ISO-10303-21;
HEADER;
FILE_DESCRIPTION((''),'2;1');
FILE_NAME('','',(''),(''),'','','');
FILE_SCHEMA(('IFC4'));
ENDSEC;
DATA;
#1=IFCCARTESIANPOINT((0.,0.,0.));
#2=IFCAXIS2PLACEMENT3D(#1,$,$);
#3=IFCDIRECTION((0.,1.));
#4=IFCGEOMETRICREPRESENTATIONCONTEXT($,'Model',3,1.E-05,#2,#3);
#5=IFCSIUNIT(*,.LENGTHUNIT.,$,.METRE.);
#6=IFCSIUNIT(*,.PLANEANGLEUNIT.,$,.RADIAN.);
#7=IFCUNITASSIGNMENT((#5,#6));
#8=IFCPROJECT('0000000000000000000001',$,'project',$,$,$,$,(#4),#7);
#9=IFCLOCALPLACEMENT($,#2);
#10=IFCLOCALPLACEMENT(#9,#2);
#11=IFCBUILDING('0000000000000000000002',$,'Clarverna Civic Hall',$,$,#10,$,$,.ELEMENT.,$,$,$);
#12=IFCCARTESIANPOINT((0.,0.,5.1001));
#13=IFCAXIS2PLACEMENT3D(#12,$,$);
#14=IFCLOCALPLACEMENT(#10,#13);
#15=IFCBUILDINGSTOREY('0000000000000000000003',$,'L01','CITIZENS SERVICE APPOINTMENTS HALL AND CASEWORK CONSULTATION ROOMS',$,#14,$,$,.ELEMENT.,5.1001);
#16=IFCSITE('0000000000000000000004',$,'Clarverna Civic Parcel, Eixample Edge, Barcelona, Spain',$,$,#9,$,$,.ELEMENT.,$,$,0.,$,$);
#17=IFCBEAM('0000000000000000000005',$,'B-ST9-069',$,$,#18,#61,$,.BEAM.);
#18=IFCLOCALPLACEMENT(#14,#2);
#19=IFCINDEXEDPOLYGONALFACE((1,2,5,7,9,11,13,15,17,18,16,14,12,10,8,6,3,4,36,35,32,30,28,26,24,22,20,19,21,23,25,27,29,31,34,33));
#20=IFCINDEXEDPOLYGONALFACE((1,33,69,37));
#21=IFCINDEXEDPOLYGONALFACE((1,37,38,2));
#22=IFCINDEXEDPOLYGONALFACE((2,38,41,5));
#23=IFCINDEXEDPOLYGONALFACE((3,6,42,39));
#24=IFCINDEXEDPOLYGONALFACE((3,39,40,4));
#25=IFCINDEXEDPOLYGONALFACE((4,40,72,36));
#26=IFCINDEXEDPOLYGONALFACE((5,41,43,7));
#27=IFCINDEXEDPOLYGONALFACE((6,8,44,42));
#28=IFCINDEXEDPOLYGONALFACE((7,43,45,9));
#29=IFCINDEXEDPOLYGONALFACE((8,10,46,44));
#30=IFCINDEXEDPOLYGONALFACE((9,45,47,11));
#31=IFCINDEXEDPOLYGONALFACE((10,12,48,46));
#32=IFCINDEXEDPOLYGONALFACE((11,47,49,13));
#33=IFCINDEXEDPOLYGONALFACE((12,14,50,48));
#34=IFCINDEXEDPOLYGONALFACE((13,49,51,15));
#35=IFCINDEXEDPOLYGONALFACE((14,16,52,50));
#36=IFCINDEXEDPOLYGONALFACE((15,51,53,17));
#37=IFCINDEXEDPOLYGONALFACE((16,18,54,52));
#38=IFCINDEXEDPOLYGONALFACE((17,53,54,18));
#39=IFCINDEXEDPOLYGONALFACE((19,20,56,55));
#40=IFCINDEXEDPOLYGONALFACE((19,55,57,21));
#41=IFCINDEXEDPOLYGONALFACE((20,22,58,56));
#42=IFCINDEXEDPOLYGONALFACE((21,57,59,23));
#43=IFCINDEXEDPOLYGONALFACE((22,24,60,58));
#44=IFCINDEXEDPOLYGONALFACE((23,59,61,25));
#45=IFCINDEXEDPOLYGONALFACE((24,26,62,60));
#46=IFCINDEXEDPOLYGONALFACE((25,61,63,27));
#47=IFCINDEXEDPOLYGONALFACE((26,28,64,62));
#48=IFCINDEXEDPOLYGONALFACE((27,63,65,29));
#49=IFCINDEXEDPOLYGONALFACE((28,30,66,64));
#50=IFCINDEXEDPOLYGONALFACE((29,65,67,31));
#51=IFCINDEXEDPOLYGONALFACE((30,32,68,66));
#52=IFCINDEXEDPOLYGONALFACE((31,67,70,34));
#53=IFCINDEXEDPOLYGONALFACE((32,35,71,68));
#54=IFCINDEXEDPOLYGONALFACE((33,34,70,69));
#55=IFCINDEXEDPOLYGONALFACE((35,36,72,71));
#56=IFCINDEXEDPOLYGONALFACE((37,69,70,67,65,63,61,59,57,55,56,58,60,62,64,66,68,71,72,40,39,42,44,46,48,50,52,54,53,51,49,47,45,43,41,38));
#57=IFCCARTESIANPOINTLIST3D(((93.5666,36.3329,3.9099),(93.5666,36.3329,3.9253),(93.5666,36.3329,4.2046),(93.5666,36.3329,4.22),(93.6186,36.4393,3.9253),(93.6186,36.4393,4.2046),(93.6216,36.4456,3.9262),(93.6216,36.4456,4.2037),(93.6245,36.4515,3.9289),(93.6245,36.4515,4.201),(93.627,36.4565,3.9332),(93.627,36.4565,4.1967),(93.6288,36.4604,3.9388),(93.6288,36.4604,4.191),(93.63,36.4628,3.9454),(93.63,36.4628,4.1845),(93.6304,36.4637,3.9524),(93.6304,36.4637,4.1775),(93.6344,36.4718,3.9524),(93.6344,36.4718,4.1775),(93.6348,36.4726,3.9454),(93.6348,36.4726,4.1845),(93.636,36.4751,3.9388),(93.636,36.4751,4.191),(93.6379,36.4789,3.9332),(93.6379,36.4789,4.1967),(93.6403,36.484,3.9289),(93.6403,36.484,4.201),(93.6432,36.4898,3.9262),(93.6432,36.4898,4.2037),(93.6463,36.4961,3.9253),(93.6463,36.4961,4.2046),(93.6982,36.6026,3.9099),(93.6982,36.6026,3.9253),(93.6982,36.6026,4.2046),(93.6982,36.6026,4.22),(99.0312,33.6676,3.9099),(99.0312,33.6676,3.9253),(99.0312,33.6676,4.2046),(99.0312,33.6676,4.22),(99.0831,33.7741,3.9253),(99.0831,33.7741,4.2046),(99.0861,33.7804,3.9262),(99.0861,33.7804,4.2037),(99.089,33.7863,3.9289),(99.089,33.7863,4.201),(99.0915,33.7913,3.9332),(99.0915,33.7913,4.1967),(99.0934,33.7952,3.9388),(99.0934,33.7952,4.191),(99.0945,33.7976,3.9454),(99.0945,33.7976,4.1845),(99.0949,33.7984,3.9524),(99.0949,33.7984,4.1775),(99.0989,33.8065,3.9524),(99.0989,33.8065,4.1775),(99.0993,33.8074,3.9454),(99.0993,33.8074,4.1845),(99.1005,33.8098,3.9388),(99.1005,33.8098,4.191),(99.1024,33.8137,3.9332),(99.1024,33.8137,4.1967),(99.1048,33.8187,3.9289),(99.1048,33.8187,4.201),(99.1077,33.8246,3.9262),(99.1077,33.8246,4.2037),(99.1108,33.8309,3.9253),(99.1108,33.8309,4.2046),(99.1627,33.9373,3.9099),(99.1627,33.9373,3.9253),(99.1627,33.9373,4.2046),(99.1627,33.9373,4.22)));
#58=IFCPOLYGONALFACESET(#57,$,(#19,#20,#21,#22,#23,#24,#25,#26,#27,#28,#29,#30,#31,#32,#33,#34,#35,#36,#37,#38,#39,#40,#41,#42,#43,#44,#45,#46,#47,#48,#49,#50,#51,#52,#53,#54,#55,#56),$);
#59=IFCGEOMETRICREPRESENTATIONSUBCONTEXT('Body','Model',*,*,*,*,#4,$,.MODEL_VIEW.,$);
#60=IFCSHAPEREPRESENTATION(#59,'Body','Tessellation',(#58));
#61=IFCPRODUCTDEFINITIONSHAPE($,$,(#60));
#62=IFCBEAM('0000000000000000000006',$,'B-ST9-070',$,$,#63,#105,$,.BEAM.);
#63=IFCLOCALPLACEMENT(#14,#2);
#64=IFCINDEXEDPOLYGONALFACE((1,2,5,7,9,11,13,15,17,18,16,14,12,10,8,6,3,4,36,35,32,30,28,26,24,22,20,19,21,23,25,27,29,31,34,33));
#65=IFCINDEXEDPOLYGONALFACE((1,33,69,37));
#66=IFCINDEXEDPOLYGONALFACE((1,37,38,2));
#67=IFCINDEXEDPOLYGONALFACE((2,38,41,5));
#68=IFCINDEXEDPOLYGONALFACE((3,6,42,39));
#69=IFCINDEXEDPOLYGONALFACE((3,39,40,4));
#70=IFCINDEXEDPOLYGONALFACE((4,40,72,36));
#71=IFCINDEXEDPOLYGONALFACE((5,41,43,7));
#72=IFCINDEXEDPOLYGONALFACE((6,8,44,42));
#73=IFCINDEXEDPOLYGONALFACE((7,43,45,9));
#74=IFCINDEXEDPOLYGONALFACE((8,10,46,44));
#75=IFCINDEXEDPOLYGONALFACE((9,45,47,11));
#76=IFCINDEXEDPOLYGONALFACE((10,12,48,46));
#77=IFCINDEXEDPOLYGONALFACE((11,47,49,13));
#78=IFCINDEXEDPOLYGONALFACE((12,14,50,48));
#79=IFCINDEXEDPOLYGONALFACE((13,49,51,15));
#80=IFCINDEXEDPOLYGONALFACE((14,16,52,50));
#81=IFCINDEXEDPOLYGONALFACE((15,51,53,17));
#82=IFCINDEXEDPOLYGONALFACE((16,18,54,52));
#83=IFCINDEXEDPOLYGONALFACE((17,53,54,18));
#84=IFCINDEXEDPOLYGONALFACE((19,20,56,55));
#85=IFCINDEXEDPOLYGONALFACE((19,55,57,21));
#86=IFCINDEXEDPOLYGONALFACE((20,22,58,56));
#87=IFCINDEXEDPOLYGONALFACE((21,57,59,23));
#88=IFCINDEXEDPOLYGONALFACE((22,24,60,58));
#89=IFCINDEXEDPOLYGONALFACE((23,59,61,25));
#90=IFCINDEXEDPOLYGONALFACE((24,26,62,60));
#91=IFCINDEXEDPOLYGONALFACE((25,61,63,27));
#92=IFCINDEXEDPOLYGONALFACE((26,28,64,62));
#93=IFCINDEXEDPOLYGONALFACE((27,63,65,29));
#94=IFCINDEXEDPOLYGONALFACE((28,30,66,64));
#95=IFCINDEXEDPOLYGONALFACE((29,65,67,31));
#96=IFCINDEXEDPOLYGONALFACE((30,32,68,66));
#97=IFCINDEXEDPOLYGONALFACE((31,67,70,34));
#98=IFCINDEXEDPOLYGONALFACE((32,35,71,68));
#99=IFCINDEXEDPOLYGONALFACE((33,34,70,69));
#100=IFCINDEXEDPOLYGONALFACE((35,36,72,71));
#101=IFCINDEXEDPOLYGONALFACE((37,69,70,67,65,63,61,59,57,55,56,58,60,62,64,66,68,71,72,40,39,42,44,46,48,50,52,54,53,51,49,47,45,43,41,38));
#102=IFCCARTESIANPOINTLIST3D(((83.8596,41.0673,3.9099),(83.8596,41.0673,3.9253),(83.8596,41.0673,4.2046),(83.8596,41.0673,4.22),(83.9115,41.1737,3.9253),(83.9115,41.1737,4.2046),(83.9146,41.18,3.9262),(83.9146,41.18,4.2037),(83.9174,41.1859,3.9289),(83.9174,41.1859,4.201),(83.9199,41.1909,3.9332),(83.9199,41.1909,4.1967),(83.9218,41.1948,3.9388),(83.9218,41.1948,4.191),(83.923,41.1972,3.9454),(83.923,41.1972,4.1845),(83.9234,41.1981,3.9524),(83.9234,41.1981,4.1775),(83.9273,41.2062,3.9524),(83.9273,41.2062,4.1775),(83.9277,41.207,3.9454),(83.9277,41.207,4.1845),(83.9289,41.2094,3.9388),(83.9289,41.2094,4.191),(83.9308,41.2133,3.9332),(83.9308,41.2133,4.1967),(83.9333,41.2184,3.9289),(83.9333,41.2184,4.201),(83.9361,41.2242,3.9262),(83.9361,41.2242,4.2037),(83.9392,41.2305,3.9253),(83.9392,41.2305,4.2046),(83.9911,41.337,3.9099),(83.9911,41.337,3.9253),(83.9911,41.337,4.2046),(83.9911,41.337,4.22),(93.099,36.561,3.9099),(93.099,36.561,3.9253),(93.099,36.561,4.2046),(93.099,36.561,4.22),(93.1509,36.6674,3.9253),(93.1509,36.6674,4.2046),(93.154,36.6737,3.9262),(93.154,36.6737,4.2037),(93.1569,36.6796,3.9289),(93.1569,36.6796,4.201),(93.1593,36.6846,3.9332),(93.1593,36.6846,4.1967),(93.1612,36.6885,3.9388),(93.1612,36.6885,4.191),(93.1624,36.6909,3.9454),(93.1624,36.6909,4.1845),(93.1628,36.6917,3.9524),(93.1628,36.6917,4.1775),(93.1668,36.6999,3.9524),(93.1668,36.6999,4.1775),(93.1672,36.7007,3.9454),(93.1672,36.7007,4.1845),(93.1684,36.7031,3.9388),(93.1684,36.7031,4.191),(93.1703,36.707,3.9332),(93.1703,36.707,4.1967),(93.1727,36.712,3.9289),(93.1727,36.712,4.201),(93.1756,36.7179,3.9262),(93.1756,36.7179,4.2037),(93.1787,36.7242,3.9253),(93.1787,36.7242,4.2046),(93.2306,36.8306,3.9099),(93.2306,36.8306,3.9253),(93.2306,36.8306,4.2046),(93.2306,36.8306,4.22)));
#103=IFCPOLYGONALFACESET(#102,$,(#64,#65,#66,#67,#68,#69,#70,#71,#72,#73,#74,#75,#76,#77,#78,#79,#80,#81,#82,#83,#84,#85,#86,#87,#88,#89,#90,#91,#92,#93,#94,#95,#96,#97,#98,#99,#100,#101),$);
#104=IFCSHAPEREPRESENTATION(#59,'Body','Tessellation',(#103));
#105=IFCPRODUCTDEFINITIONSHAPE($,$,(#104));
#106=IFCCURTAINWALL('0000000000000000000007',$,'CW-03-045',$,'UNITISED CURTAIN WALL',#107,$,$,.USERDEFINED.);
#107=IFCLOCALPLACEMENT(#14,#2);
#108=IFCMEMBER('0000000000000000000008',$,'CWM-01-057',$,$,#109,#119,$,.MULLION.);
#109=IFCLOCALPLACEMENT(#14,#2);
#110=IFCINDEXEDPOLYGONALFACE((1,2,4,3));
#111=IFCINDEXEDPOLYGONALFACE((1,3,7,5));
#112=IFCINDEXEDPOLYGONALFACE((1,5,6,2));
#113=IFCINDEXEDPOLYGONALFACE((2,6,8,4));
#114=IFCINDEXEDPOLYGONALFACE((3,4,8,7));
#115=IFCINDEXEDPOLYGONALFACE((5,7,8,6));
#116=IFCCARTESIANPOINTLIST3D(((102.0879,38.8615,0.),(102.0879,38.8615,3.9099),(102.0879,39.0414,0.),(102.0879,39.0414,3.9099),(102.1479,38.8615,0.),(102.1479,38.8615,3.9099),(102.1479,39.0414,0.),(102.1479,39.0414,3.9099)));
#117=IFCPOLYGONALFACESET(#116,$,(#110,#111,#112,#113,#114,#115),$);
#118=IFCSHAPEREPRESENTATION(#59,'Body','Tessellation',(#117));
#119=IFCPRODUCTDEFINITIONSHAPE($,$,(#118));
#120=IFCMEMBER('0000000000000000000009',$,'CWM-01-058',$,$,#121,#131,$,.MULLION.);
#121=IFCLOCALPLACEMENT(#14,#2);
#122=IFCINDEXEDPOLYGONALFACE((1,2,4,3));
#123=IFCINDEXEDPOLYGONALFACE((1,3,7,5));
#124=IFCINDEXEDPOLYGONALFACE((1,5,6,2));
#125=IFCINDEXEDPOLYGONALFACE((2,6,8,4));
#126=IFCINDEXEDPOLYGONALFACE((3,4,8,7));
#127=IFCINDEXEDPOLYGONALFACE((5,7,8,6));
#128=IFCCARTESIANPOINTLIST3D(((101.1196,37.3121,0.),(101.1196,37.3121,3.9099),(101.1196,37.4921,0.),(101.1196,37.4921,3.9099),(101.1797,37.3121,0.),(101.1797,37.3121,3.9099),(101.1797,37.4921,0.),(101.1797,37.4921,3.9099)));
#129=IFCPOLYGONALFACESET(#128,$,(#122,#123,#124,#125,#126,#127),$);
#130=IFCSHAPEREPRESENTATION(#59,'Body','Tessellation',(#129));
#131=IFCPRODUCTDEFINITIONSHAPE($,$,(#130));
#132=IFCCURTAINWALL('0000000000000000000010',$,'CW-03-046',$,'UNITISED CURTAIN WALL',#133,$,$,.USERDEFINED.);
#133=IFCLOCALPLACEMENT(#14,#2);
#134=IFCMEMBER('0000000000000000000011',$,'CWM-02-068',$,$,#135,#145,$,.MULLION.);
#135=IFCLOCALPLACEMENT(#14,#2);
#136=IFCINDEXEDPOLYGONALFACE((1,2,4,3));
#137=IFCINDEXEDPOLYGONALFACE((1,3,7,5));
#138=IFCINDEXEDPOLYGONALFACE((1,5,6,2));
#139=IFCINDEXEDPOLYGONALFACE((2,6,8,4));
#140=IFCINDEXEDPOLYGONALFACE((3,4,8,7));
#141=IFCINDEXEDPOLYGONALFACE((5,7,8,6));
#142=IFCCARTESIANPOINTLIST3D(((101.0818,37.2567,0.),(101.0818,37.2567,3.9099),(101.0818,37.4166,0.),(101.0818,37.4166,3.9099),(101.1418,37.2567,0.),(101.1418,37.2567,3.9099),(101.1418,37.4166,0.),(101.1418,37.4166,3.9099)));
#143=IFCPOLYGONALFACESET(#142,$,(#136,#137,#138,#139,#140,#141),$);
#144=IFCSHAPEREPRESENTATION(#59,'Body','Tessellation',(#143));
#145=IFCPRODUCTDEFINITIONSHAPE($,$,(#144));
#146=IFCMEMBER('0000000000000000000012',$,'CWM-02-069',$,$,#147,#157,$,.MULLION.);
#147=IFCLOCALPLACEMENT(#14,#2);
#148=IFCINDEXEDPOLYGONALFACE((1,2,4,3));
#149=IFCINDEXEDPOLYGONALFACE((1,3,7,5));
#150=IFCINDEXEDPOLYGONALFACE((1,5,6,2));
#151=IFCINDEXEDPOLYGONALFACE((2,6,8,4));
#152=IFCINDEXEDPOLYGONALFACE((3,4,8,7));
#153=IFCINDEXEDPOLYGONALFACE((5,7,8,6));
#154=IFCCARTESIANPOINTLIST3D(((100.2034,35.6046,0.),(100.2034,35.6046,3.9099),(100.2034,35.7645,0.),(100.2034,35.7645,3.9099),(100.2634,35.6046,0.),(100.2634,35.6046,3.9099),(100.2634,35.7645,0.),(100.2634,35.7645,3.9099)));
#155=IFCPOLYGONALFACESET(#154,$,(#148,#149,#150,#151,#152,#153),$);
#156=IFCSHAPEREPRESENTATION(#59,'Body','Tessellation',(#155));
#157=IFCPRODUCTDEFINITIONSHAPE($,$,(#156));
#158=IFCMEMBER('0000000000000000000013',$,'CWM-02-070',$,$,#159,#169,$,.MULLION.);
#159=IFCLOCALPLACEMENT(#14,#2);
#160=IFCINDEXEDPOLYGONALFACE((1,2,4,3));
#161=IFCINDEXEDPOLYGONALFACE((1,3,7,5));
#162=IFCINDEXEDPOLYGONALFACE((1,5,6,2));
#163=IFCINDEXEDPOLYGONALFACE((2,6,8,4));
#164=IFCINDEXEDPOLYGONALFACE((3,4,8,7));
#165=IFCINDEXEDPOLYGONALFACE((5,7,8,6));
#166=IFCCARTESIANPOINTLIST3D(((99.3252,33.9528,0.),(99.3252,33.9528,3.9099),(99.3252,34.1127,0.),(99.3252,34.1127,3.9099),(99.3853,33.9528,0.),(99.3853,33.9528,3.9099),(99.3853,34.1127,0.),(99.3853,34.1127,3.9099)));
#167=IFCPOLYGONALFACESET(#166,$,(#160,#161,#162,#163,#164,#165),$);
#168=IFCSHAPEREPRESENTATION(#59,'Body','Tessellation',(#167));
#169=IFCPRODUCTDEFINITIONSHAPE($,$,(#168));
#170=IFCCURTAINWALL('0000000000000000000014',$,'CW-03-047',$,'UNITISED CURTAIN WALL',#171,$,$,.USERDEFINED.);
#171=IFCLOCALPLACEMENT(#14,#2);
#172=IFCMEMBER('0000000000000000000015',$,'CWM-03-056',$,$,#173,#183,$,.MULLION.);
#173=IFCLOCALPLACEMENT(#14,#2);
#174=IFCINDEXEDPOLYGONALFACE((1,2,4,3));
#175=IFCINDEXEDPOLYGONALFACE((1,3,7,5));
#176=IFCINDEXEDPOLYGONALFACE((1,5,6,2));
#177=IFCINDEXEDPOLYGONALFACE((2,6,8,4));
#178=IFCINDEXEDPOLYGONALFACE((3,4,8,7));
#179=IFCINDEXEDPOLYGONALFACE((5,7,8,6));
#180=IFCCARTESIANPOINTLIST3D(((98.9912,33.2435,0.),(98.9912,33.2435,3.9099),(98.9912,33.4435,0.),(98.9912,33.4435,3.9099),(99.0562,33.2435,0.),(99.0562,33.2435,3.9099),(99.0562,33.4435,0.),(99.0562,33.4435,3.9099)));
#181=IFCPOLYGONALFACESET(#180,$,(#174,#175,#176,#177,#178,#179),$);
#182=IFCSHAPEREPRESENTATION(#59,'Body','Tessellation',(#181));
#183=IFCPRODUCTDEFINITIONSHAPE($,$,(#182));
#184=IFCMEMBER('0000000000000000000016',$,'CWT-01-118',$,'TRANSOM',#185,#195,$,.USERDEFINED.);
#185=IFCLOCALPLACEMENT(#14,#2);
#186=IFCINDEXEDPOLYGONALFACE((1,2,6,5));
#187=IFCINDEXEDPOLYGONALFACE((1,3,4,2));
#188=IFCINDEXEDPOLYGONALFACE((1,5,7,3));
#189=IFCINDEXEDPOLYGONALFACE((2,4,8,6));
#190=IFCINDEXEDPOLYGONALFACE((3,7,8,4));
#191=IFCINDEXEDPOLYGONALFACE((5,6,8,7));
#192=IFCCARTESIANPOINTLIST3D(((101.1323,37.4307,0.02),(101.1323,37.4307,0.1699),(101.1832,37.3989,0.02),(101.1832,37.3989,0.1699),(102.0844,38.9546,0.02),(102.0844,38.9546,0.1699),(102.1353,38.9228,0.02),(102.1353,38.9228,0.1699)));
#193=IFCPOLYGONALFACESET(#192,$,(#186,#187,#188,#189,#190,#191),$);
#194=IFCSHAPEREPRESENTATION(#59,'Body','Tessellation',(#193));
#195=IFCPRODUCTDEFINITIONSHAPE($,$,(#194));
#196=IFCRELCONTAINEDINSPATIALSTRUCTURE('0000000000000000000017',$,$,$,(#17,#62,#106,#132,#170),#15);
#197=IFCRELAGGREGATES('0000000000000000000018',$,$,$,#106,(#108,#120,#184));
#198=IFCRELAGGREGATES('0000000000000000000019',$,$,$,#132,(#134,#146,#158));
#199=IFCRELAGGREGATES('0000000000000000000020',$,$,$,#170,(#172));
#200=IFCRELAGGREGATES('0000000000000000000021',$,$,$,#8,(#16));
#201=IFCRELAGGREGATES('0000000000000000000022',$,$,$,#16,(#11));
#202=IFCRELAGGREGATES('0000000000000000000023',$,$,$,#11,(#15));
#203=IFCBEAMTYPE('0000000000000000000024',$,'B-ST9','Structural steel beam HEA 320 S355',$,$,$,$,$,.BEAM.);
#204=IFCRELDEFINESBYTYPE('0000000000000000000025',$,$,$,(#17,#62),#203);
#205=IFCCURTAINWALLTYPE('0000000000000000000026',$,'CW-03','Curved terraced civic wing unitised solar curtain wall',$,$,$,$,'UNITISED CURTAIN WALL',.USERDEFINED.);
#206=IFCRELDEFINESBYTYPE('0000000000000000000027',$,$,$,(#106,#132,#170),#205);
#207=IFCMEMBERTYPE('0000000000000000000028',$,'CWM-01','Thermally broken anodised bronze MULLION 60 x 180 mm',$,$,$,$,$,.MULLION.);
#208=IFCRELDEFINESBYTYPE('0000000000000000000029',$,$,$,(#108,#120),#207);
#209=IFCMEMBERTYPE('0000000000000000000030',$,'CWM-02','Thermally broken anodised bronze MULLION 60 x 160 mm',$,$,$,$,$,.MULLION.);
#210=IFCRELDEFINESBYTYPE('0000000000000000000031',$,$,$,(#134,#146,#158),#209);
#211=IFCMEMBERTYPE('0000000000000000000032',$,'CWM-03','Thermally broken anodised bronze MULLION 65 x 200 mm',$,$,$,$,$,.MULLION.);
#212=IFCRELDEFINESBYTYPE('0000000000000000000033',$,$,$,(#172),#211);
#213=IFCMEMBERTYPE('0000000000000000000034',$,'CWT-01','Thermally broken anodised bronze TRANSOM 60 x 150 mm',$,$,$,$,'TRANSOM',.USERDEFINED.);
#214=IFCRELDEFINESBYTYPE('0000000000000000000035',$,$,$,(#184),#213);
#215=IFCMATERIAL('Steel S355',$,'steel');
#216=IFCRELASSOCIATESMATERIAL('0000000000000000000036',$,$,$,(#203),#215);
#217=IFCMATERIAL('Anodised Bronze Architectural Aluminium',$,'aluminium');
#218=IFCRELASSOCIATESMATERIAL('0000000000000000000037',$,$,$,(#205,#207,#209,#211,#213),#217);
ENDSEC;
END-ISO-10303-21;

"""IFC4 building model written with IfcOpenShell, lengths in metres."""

from ifc_helpers import new_model, si_unit, direction, frame, origin, origin_2d, place, context, subcontext, project, spatial, rectangle, i_section, extrude, material, material_profile, profile_set, type_object, element, aggregate, save


model = new_model("IFC4")

# Units and contexts
model_context = context("Model", 3, precision=1e-05, world=origin(), true_north=direction((0.0, 1.0)))
body_context = subcontext(model_context, "Body", "Model", "MODEL_VIEW")
ifc_project = project(units=[si_unit("LENGTHUNIT", "METRE"), si_unit("PLANEANGLEUNIT", "RADIAN")], contexts=[model_context])

# Site, building, storey
site_placement = place(None, origin())
site = spatial("IfcSite", under=ifc_project, at=site_placement, Name="Clarverna Civic Parcel, Eixample Edge, Barcelona, Spain", CompositionType="ELEMENT", RefElevation=0.0)
building_placement = place(site_placement, origin())
building = spatial("IfcBuilding", under=site, at=building_placement, Name="Clarverna Civic Hall", CompositionType="ELEMENT")
storey_placement = place(building_placement, frame((0.0, 0.0, 5.1001)))
storey = spatial("IfcBuildingStorey", under=building, at=storey_placement, Name="L01", Description="CITIZENS SERVICE APPOINTMENTS HALL AND CASEWORK CONSULTATION ROOMS", CompositionType="ELEMENT", Elevation=5.1001)

# Beams
ifc_material_1 = material(Name="Steel S355", Category="steel")
ifc_material_profile_1 = material_profile(ifc_material_1, i_section(OverallWidth=0.3, OverallDepth=0.3101, WebThickness=0.009, FlangeThickness=0.0154, FilletRadius=0.0271, at=origin_2d()), Name="HEA 320")
ifc_profile_set_1 = profile_set([ifc_material_profile_1], Name="Steel S355")
beam_type_1 = type_object("IfcBeamType", Name="B-ST9", Description="Structural steel beam HEA 320 S355", PredefinedType="BEAM", material=ifc_profile_set_1)
beam_1_placement = place(storey_placement, frame((99.0969, 33.8025, 4.0649), z_axis=(-0.898793, 0.438374, 0.0), x_axis=(-0.438374, -0.898793, 0.0)))
element("IfcBeam", 1, at=beam_1_placement, inside=storey, type_object=beam_type_1, Name="B-ST9-069", PredefinedType="BEAM", context=body_context, shape_type="SweptSolid", body=[
    extrude(i_section(OverallWidth=0.3, OverallDepth=0.3101, WebThickness=0.009, FlangeThickness=0.0154, FilletRadius=0.0271, at=origin_2d()), origin(), (0.0, 0.0, 1.0), 6.0798),
])
beam_2_placement = place(storey_placement, frame((93.1648, 36.6958, 4.0649), z_axis=(-0.898796, 0.438367, 0.0), x_axis=(-0.438367, -0.898796, 0.0)))
element("IfcBeam", 2, at=beam_2_placement, inside=storey, type_object=beam_type_1, Name="B-ST9-070", PredefinedType="BEAM", context=body_context, shape_type="SweptSolid", body=[
    extrude(i_section(OverallWidth=0.3, OverallDepth=0.3101, WebThickness=0.009, FlangeThickness=0.0154, FilletRadius=0.0271, at=origin_2d()), origin(), (0.0, 0.0, 1.0), 10.2798),
])

# Curtain walls, members
ifc_material_2 = material(Name="Anodised Bronze Architectural Aluminium", Category="aluminium")
curtain_wall_type = type_object("IfcCurtainWallType", Name="CW-03", Description="Curved terraced civic wing unitised solar curtain wall", ElementType="UNITISED CURTAIN WALL", PredefinedType="USERDEFINED", material=ifc_material_2)
curtain_wall_1_placement = place(storey_placement, origin())
curtain_wall_1 = element("IfcCurtainWall", 3, at=curtain_wall_1_placement, inside=storey, type_object=curtain_wall_type, Name="CW-03-045", ObjectType="UNITISED CURTAIN WALL", PredefinedType="USERDEFINED")
ifc_material_profile_2 = material_profile(ifc_material_2, rectangle(XDim=0.0601, YDim=0.1799, at=origin_2d()), Name="BRONZE 60x180")
ifc_profile_set_2 = profile_set([ifc_material_profile_2], Name="Anodised Bronze Architectural Aluminium")
member_type_1 = type_object("IfcMemberType", Name="CWM-01", Description="Thermally broken anodised bronze MULLION 60 x 180 mm", PredefinedType="MULLION", material=ifc_profile_set_2)
member_1_placement = place(storey_placement, frame((102.1179, 38.9514, 0.0), z_axis=(0.0, 0.0, 1.0), x_axis=(1.0, 0.0, 0.0)))
member_1 = element("IfcMember", 4, at=member_1_placement, type_object=member_type_1, Name="CWM-01-057", PredefinedType="MULLION", context=body_context, shape_type="SweptSolid", body=[
    extrude(rectangle(XDim=0.0601, YDim=0.1799, at=origin_2d()), origin(), (0.0, 0.0, 1.0), 3.9099),
])
member_2_placement = place(storey_placement, frame((101.1497, 37.4021, 0.0), z_axis=(0.0, 0.0, 1.0), x_axis=(1.0, 0.0, 0.0)))
member_2 = element("IfcMember", 5, at=member_2_placement, type_object=member_type_1, Name="CWM-01-058", PredefinedType="MULLION", context=body_context, shape_type="SweptSolid", body=[
    extrude(rectangle(XDim=0.0601, YDim=0.1799, at=origin_2d()), origin(), (0.0, 0.0, 1.0), 3.9099),
])
curtain_wall_2_placement = place(storey_placement, origin())
curtain_wall_2 = element("IfcCurtainWall", 6, at=curtain_wall_2_placement, inside=storey, type_object=curtain_wall_type, Name="CW-03-046", ObjectType="UNITISED CURTAIN WALL", PredefinedType="USERDEFINED")
ifc_material_profile_3 = material_profile(ifc_material_2, rectangle(XDim=0.0601, YDim=0.1599, at=origin_2d()), Name="BRONZE 60x160")
ifc_profile_set_3 = profile_set([ifc_material_profile_3], Name="Anodised Bronze Architectural Aluminium")
member_type_2 = type_object("IfcMemberType", Name="CWM-02", Description="Thermally broken anodised bronze MULLION 60 x 160 mm", PredefinedType="MULLION", material=ifc_profile_set_3)
member_3_placement = place(storey_placement, frame((101.1118, 37.3367, 0.0), z_axis=(0.0, 0.0, 1.0), x_axis=(1.0, 0.0, 0.0)))
member_3 = element("IfcMember", 7, at=member_3_placement, type_object=member_type_2, Name="CWM-02-068", PredefinedType="MULLION", context=body_context, shape_type="SweptSolid", body=[
    extrude(rectangle(XDim=0.0601, YDim=0.1599, at=origin_2d()), origin(), (0.0, 0.0, 1.0), 3.9099),
])
member_4_placement = place(storey_placement, frame((100.2334, 35.6846, 0.0), z_axis=(0.0, 0.0, 1.0), x_axis=(1.0, 0.0, 0.0)))
member_4 = element("IfcMember", 8, at=member_4_placement, type_object=member_type_2, Name="CWM-02-069", PredefinedType="MULLION", context=body_context, shape_type="SweptSolid", body=[
    extrude(rectangle(XDim=0.0601, YDim=0.1599, at=origin_2d()), origin(), (0.0, 0.0, 1.0), 3.9099),
])
member_5_placement = place(storey_placement, frame((99.3552, 34.0327, 0.0), z_axis=(0.0, 0.0, 1.0), x_axis=(1.0, 0.0, 0.0)))
member_5 = element("IfcMember", 9, at=member_5_placement, type_object=member_type_2, Name="CWM-02-070", PredefinedType="MULLION", context=body_context, shape_type="SweptSolid", body=[
    extrude(rectangle(XDim=0.0601, YDim=0.1599, at=origin_2d()), origin(), (0.0, 0.0, 1.0), 3.9099),
])

# Curtain wall, member
curtain_wall_3_placement = place(storey_placement, origin())
curtain_wall_3 = element("IfcCurtainWall", 10, at=curtain_wall_3_placement, inside=storey, type_object=curtain_wall_type, Name="CW-03-047", ObjectType="UNITISED CURTAIN WALL", PredefinedType="USERDEFINED")
ifc_material_profile_4 = material_profile(ifc_material_2, rectangle(XDim=0.0649, YDim=0.2, at=origin_2d()), Name="BRONZE 65x200")
ifc_profile_set_4 = profile_set([ifc_material_profile_4], Name="Anodised Bronze Architectural Aluminium")
member_type_3 = type_object("IfcMemberType", Name="CWM-03", Description="Thermally broken anodised bronze MULLION 65 x 200 mm", PredefinedType="MULLION", material=ifc_profile_set_4)
member_6_placement = place(storey_placement, frame((99.0237, 33.3435, 0.0), z_axis=(0.0, 0.0, 1.0), x_axis=(1.0, 0.0, 0.0)))
member_6 = element("IfcMember", 11, at=member_6_placement, type_object=member_type_3, Name="CWM-03-056", PredefinedType="MULLION", context=body_context, shape_type="SweptSolid", body=[
    extrude(rectangle(XDim=0.0649, YDim=0.2, at=origin_2d()), origin(), (0.0, 0.0, 1.0), 3.9099),
])

# Member
ifc_material_profile_5 = material_profile(ifc_material_2, rectangle(XDim=0.0601, YDim=0.1499, at=origin_2d()), Name="BRONZE 60x150")
ifc_profile_set_5 = profile_set([ifc_material_profile_5], Name="Anodised Bronze Architectural Aluminium")
member_type_4 = type_object("IfcMemberType", Name="CWT-01", Description="Thermally broken anodised bronze TRANSOM 60 x 150 mm", ElementType="TRANSOM", PredefinedType="USERDEFINED", material=ifc_profile_set_5)
member_7_placement = place(storey_placement, frame((102.1099, 38.9387, 0.095), z_axis=(-0.529877, -0.848075, 0.0), x_axis=(0.848075, -0.529877, 0.0)))
member_7 = element("IfcMember", 12, at=member_7_placement, type_object=member_type_4, Name="CWT-01-118", ObjectType="TRANSOM", PredefinedType="USERDEFINED", context=body_context, shape_type="SweptSolid", body=[
    extrude(rectangle(XDim=0.0601, YDim=0.1499, at=origin_2d()), origin(), (0.0, 0.0, 1.0), 1.7969),
])

aggregate(curtain_wall_1, [member_1, member_2, member_7])
aggregate(curtain_wall_2, [member_3, member_4, member_5])
aggregate(curtain_wall_3, [member_6])

save(model, "model.ifc")
